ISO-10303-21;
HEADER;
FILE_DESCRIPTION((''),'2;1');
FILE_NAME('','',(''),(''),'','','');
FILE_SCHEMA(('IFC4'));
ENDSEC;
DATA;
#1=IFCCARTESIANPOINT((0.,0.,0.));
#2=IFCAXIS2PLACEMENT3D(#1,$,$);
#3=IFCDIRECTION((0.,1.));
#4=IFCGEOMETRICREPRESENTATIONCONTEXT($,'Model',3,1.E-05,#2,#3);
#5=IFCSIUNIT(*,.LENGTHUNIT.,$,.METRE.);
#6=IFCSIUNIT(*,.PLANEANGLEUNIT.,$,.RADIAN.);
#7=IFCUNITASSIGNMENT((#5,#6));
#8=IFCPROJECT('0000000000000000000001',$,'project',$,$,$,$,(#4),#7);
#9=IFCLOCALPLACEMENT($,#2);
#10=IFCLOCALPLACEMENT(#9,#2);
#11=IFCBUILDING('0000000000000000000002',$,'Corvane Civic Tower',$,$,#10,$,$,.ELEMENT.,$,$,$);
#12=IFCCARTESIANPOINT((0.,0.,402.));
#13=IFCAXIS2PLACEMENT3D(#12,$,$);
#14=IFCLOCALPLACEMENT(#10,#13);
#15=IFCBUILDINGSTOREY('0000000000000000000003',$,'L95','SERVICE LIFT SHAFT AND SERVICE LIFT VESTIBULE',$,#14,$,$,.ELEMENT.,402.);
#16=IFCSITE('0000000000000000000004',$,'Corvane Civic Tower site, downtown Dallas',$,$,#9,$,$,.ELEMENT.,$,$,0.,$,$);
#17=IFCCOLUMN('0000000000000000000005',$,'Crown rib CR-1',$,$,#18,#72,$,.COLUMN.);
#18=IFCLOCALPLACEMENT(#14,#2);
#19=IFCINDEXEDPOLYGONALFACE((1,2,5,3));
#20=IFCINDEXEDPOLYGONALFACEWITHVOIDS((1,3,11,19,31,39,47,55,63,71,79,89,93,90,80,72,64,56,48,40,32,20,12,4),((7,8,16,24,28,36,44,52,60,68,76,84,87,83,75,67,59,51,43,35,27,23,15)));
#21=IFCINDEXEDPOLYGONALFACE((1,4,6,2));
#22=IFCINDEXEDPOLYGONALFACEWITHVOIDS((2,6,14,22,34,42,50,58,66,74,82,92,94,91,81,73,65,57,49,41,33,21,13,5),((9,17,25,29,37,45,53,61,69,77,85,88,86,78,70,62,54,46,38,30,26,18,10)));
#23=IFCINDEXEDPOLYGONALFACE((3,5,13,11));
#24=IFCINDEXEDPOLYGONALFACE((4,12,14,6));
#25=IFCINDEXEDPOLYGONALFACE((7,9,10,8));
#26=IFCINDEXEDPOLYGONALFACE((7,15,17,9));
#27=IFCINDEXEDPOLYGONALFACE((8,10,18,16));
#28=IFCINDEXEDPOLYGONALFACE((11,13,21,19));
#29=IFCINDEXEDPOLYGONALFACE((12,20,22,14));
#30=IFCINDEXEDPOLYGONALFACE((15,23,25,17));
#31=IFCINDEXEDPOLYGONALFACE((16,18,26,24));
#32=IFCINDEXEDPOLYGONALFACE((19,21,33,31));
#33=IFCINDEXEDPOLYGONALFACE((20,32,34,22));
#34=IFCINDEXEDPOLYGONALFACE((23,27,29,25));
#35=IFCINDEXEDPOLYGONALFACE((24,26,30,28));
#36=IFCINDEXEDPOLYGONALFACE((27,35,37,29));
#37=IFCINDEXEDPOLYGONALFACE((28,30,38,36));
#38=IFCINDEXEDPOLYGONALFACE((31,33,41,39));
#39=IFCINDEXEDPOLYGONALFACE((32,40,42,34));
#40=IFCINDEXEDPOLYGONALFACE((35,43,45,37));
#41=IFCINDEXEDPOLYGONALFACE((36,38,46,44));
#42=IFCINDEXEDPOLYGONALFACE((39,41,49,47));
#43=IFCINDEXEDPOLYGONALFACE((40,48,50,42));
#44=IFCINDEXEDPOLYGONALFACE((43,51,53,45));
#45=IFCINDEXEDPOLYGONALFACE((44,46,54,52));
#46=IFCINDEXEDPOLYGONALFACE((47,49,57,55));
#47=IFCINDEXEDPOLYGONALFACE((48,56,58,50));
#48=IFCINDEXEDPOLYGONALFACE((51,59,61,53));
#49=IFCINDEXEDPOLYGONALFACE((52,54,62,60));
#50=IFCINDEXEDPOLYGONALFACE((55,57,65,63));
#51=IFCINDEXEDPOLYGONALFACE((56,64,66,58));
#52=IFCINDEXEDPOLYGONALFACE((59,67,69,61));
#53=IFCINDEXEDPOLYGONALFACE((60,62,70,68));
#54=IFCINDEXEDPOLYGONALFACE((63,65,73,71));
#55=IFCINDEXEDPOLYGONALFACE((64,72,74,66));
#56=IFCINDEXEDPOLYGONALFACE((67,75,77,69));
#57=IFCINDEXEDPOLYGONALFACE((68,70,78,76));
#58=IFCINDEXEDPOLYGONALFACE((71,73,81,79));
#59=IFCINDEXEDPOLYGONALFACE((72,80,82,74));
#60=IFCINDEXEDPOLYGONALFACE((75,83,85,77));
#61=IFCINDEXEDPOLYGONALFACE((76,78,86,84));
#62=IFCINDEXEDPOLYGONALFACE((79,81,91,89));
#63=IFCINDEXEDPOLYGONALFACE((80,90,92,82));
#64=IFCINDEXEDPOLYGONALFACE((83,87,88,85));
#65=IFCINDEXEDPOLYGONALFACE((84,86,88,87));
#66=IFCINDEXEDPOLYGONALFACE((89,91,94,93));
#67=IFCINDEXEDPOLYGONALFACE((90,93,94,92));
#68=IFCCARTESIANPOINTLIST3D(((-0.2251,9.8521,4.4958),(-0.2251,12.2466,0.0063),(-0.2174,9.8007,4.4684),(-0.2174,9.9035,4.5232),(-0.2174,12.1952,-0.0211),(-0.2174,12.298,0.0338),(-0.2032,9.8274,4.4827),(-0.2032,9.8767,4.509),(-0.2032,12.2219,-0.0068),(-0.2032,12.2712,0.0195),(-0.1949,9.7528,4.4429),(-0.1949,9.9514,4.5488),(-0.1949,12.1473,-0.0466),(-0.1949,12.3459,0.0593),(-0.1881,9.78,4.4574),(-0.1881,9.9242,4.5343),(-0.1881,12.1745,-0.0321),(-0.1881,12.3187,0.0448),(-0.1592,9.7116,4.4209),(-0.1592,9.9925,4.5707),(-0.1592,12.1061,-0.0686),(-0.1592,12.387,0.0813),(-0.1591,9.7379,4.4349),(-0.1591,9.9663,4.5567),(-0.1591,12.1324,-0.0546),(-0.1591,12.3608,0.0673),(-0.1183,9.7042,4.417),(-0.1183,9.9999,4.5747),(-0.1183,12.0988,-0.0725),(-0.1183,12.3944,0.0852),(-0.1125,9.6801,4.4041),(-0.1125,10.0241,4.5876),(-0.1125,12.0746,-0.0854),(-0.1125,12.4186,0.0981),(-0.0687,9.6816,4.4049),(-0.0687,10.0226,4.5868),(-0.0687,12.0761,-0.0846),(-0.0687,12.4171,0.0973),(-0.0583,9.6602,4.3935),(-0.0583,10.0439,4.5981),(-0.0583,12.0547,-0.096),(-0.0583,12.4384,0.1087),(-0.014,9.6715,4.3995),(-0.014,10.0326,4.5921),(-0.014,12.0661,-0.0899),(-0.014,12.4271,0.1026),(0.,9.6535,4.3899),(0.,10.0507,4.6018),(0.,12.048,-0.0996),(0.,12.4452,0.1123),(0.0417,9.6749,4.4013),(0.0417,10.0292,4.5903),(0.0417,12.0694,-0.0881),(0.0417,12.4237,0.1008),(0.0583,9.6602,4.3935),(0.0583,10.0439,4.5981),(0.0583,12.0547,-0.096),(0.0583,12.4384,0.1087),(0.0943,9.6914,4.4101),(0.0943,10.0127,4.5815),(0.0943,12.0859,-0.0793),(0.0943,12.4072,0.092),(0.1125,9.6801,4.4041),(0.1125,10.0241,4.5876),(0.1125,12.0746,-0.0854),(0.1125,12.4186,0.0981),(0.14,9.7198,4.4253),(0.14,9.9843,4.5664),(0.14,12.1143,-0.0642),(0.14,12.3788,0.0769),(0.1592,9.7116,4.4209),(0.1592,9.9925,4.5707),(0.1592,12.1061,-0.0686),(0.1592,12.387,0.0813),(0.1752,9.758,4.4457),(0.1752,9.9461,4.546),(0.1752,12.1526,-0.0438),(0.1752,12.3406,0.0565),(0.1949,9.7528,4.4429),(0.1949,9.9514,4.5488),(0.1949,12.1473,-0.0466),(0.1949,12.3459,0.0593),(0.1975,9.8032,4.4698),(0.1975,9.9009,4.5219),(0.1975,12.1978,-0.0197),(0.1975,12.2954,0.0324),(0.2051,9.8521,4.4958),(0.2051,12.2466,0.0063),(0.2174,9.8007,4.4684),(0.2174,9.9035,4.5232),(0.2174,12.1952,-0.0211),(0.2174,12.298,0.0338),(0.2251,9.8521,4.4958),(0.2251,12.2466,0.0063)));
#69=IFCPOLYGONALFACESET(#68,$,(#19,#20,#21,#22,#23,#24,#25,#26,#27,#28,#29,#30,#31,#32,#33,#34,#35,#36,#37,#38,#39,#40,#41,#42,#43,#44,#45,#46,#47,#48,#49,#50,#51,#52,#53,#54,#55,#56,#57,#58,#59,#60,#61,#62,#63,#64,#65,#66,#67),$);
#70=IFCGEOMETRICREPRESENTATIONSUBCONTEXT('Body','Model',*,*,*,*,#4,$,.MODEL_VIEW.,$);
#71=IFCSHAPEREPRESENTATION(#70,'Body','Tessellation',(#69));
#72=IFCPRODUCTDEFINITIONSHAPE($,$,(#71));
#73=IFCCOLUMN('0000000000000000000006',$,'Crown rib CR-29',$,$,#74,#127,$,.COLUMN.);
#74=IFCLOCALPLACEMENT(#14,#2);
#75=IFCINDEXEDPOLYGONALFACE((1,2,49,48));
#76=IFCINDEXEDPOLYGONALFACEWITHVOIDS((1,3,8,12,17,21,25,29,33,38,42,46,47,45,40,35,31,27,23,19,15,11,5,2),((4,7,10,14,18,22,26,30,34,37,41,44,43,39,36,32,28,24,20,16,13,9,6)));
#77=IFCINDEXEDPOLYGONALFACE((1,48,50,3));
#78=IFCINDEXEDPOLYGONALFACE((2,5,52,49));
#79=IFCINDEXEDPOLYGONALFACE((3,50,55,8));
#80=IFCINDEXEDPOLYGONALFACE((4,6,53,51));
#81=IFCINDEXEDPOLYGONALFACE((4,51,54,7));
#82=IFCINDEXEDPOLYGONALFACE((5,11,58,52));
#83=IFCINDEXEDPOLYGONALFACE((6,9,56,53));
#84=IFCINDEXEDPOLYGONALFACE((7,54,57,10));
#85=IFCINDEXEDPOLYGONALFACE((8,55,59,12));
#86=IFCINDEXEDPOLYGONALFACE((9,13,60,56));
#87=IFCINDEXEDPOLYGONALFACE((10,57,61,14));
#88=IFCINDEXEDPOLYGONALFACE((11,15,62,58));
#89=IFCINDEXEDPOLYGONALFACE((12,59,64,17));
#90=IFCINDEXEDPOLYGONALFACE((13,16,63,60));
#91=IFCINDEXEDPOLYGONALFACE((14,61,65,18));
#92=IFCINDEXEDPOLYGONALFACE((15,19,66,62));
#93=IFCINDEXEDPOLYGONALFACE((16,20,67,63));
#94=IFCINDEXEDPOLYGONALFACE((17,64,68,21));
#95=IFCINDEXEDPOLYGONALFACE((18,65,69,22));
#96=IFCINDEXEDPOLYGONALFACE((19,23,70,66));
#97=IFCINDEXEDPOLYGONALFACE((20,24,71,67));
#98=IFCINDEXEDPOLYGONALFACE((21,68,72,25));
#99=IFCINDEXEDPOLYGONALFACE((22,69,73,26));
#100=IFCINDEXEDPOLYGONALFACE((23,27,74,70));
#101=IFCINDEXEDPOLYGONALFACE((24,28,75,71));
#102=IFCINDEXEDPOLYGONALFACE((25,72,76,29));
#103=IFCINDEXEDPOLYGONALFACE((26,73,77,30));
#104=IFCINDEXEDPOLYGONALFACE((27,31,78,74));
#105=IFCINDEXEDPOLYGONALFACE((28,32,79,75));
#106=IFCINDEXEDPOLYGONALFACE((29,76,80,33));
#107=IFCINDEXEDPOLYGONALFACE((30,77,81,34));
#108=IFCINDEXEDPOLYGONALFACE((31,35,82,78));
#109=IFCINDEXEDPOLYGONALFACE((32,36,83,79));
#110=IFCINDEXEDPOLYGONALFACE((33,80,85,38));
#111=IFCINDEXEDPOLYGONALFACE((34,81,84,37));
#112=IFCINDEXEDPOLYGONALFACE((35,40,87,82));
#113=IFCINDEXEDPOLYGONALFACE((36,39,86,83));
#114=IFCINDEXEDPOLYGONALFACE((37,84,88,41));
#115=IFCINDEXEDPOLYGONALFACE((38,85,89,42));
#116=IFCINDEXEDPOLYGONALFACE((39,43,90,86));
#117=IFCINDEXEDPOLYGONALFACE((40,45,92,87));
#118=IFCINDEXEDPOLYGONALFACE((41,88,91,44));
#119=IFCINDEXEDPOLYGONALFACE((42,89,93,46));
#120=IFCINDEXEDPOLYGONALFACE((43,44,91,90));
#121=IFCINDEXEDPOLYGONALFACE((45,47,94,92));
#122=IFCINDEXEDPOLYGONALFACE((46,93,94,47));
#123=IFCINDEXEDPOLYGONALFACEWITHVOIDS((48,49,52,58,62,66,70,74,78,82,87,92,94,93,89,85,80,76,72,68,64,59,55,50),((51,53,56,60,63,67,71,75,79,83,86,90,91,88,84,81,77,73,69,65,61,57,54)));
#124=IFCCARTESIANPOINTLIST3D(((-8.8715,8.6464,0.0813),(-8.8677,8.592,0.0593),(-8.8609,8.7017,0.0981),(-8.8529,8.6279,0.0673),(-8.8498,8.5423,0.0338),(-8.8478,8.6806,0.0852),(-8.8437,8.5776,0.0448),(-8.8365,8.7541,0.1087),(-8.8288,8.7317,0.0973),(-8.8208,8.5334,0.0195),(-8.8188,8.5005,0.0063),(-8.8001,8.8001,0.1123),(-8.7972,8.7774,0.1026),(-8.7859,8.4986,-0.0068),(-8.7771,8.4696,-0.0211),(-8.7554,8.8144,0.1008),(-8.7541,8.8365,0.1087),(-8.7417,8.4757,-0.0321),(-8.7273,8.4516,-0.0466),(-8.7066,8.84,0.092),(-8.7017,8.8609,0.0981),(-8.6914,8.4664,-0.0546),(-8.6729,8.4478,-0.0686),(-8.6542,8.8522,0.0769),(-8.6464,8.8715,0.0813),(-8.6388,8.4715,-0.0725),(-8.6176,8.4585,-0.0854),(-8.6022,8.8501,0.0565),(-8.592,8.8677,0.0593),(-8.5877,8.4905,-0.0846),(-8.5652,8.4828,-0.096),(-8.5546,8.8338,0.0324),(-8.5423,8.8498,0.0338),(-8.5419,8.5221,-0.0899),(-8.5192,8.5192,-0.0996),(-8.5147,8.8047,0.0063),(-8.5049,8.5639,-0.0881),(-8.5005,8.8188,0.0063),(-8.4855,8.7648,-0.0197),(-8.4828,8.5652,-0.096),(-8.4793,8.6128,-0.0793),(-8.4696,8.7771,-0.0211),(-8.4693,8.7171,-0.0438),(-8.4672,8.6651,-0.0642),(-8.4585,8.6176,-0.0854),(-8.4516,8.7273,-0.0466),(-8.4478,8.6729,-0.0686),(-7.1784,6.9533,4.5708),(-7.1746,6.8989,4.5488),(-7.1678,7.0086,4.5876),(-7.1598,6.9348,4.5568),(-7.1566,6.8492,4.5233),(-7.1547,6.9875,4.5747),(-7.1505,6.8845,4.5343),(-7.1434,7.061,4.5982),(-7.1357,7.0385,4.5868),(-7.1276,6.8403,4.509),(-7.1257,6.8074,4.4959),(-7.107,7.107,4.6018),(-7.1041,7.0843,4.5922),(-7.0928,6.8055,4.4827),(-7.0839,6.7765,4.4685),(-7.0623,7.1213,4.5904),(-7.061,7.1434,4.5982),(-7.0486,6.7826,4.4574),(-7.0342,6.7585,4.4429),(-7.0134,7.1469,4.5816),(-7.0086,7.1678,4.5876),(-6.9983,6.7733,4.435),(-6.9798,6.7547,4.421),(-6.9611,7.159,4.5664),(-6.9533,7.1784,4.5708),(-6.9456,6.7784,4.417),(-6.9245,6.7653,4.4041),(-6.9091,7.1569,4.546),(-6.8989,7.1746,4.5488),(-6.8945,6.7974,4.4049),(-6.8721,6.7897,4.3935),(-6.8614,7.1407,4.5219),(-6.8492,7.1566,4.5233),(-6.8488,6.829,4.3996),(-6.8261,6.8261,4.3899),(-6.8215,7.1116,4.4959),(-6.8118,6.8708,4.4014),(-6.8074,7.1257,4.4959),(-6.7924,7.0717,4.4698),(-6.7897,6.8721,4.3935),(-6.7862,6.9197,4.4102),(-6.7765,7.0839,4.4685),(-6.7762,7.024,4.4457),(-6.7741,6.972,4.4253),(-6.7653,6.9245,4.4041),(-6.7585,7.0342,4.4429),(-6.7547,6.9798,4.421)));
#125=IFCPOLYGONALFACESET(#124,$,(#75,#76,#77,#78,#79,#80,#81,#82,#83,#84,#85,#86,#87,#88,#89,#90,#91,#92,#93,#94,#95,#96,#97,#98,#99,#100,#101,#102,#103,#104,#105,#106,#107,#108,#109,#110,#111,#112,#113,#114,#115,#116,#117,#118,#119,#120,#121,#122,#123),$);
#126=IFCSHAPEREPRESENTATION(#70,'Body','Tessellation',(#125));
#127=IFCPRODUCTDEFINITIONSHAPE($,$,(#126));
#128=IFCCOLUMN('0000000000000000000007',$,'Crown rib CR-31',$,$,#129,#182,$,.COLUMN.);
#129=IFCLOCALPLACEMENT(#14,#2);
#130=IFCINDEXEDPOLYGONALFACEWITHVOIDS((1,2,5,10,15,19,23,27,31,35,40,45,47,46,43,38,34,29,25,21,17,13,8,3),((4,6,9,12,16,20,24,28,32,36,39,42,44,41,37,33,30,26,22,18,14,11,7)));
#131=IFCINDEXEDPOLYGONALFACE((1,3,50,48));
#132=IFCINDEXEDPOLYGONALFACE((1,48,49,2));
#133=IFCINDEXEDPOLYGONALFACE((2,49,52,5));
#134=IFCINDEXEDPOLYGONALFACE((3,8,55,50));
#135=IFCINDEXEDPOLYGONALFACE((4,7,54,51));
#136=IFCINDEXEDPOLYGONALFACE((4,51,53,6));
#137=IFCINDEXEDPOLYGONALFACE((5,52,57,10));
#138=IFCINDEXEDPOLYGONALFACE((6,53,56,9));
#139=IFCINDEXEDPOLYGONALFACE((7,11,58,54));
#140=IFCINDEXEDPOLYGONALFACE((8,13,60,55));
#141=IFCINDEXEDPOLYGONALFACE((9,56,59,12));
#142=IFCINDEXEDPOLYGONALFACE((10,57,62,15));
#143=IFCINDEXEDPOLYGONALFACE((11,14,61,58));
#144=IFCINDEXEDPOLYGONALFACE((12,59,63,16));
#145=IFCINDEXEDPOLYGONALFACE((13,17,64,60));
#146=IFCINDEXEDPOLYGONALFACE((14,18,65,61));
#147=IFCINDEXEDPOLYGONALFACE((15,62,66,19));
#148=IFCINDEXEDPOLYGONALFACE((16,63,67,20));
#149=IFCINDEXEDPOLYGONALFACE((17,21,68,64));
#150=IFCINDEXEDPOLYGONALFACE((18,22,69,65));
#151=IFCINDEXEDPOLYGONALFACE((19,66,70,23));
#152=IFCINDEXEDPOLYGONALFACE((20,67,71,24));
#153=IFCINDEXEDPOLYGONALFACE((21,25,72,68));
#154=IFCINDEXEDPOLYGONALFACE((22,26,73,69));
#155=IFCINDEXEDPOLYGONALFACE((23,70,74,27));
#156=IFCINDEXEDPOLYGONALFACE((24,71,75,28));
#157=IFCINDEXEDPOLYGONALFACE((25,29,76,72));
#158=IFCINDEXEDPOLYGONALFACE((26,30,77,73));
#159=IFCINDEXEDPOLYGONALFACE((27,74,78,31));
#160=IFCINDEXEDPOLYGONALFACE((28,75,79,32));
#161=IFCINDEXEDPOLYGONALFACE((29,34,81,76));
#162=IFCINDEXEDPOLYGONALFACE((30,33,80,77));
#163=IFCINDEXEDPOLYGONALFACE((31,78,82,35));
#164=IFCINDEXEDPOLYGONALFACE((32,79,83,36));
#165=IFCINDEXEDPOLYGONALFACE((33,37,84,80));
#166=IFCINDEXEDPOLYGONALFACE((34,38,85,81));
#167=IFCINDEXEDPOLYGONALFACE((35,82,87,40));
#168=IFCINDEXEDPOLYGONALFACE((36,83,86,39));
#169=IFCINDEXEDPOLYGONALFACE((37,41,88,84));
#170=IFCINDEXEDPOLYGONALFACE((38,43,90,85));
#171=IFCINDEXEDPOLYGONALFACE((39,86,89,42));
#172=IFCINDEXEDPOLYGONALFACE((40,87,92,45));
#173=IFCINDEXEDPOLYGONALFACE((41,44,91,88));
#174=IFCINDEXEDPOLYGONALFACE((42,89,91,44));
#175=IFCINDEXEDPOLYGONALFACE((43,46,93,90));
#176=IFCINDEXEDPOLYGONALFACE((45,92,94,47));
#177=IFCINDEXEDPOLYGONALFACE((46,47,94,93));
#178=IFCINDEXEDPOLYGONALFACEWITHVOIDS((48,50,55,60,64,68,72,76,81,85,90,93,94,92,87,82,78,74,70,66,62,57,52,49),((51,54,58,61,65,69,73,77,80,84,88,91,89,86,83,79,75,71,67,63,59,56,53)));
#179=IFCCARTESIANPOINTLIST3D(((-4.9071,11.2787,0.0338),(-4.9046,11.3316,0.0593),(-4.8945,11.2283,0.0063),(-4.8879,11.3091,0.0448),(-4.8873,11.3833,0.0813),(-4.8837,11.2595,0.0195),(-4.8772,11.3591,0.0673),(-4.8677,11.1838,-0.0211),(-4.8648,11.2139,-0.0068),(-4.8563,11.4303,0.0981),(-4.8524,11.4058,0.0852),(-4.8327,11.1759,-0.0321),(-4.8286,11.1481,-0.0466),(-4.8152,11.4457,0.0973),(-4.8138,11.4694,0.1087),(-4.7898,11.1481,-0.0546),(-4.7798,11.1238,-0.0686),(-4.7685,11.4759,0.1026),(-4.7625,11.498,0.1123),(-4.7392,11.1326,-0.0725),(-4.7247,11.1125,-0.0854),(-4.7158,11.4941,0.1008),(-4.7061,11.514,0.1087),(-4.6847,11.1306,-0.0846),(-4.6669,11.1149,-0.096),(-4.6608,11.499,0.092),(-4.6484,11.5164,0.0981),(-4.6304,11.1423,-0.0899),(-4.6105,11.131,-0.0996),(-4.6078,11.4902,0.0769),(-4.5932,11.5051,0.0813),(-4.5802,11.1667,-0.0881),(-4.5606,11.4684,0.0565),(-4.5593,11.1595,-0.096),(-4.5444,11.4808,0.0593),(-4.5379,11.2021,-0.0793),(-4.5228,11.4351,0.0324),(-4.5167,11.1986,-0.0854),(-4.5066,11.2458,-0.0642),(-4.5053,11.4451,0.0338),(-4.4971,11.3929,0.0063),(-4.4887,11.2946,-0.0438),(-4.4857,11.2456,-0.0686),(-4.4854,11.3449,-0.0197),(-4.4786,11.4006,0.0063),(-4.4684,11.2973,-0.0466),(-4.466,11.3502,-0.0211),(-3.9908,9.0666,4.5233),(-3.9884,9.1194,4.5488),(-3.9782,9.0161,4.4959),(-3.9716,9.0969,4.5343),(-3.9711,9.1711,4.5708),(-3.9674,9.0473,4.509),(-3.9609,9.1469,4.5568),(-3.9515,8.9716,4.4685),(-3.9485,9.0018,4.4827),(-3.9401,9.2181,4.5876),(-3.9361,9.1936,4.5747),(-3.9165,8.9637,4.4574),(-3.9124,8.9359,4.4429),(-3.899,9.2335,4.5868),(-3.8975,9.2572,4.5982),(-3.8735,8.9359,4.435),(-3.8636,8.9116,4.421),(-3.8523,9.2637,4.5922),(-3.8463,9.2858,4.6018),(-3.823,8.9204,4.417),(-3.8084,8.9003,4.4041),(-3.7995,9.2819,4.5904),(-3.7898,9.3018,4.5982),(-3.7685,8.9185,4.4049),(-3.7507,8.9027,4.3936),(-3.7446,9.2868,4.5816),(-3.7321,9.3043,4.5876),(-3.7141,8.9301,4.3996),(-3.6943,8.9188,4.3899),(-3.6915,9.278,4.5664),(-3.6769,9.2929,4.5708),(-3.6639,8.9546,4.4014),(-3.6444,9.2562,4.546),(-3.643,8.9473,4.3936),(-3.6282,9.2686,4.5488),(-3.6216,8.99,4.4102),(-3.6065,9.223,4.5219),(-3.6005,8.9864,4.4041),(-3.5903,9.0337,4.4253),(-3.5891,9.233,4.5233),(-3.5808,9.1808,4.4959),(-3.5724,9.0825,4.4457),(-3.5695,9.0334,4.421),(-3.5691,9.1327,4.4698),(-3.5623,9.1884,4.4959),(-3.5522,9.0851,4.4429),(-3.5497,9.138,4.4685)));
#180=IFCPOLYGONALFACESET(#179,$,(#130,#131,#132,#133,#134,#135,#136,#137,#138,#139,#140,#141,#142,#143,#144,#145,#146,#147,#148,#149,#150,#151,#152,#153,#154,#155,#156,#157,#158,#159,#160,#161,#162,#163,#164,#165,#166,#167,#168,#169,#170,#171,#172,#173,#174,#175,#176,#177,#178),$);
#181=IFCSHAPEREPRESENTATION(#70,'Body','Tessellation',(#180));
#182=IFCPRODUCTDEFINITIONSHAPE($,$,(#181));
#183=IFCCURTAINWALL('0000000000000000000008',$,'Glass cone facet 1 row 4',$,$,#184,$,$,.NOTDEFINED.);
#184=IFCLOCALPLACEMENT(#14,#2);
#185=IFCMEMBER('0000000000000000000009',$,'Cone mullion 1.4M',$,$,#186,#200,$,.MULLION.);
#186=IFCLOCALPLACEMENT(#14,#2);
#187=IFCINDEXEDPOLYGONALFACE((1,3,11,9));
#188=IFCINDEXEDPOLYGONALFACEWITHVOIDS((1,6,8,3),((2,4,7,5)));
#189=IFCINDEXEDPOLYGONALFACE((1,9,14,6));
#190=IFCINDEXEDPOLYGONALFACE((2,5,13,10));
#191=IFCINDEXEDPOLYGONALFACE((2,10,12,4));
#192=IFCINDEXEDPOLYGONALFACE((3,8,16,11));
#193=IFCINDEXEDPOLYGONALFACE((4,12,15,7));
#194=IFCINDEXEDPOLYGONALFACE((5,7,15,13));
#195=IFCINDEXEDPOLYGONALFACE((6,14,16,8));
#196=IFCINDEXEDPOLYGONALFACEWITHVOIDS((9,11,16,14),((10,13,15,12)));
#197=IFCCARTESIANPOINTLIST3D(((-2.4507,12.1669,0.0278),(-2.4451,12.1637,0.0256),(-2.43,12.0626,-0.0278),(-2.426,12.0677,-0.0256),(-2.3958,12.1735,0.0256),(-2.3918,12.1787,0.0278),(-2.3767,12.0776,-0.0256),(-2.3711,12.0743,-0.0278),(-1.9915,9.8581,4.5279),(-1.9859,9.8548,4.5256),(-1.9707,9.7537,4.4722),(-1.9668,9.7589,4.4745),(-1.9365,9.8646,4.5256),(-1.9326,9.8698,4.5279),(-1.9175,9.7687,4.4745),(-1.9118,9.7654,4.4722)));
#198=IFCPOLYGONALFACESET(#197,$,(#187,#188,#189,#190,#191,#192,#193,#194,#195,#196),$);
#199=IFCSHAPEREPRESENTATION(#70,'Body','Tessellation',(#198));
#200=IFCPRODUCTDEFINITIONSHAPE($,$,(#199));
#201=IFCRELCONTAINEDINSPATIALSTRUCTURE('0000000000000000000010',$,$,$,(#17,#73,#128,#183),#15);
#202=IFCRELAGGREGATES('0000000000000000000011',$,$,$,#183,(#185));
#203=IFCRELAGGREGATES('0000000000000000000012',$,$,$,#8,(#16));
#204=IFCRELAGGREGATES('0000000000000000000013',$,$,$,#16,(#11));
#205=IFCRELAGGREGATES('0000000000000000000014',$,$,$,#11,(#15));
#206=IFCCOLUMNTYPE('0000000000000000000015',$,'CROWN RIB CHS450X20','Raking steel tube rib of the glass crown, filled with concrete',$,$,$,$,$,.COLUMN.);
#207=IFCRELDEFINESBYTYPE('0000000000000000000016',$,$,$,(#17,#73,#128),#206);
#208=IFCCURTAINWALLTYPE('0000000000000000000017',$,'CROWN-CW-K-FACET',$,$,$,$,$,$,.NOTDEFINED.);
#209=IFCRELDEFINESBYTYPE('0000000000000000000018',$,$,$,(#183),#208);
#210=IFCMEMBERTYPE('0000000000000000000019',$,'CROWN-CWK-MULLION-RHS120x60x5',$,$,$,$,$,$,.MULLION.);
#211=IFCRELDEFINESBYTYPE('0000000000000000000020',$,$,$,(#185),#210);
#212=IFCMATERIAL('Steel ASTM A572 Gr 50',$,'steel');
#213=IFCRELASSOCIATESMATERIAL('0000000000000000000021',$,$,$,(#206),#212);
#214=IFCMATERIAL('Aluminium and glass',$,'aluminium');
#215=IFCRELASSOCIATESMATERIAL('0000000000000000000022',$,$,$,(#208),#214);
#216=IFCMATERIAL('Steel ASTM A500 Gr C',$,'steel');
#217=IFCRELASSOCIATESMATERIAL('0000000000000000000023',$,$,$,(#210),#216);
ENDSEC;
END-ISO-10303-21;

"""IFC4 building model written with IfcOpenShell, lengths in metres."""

from ifc_helpers import new_model, si_unit, direction, frame, origin, origin_2d, place, context, subcontext, project, spatial, hollow_rectangle, hollow_circle, extrude, material, material_profile, profile_set, type_object, element, aggregate, save


model = new_model("IFC4")

# Units and contexts
model_context = context("Model", 3, precision=1e-05, world=origin(), true_north=direction((0.0, 1.0)))
body_context = subcontext(model_context, "Body", "Model", "MODEL_VIEW")
ifc_project = project(units=[si_unit("LENGTHUNIT", "METRE"), si_unit("PLANEANGLEUNIT", "RADIAN")], contexts=[model_context])

# Site, building, storey
site_placement = place(None, origin())
site = spatial("IfcSite", under=ifc_project, at=site_placement, Name="Corvane Civic Tower site, downtown Dallas", CompositionType="ELEMENT", RefElevation=0.0)
building_placement = place(site_placement, origin())
building = spatial("IfcBuilding", under=site, at=building_placement, Name="Corvane Civic Tower", CompositionType="ELEMENT")
storey_placement = place(building_placement, frame((0.0, 0.0, 402.0)))
storey = spatial("IfcBuildingStorey", under=building, at=storey_placement, Name="L95", Description="SERVICE LIFT SHAFT AND SERVICE LIFT VESTIBULE", CompositionType="ELEMENT", Elevation=402.0)

# Columns
ifc_material_1 = material(Name="Steel ASTM A572 Gr 50", Category="steel")
ifc_material_profile_1 = material_profile(ifc_material_1, hollow_circle(Radius=0.2251, WallThickness=0.02, at=origin_2d()), Name="CHS450X20")
ifc_profile_set_1 = profile_set([ifc_material_profile_1], Name="Steel ASTM A572 Gr 50")
column_type = type_object("IfcColumnType", Name="CROWN RIB CHS450X20", Description="Raking steel tube rib of the glass crown, filled with concrete", PredefinedType="COLUMN", material=ifc_profile_set_1)
for number, where, z_axis, x_axis, name in (
    (1, (0.0, 12.2466, 0.0063), (0.0, -0.470608, 0.882342), (1.0, 0.0, 0.0), "Crown rib CR-1"),
    (2, (-8.6597, 8.6597, 0.0063), (0.332759, -0.332759, 0.882351), (0.707107, 0.707107, 0.0), "Crown rib CR-29"),
    (3, (-4.6865, 11.3145, 0.0063), (0.180079, -0.434771, 0.882353), (0.923886, 0.382667, 0.0), "Crown rib CR-31"),
):
    element("IfcColumn", number, at=place(storey_placement, frame(where, z_axis=z_axis, x_axis=x_axis)), inside=storey, type_object=column_type, Name=name, PredefinedType="COLUMN", context=body_context, shape_type="SweptSolid", body=[
        extrude(hollow_circle(Radius=0.2251, WallThickness=0.02, at=origin_2d()), origin(), (0.0, 0.0, 1.0), 5.0881),
    ])

# Curtain wall, member
ifc_material_2 = material(Name="Aluminium and glass", Category="aluminium")
curtain_wall_type = type_object("IfcCurtainWallType", Name="CROWN-CW-K-FACET", PredefinedType="NOTDEFINED", material=ifc_material_2)
curtain_wall_1_placement = place(storey_placement, origin())
curtain_wall_1 = element("IfcCurtainWall", 4, at=curtain_wall_1_placement, inside=storey, type_object=curtain_wall_type, Name="Glass cone facet 1 row 4", PredefinedType="NOTDEFINED")
ifc_material_3 = material(Name="Steel ASTM A500 Gr C", Category="steel")
ifc_material_profile_2 = material_profile(ifc_material_3, hollow_rectangle(XDim=0.0601, YDim=0.1201, WallThickness=0.0049, at=origin_2d()), Name="RHS 120x60x5")
ifc_profile_set_2 = profile_set([ifc_material_profile_2], Name="Steel ASTM A500 Gr C")
member_type_1 = type_object("IfcMemberType", Name="CROWN-CWK-MULLION-RHS120x60x5", PredefinedType="MULLION", material=ifc_profile_set_2)
member_1_placement = place(storey_placement, frame((-2.4109, 12.1206, 0.0), z_axis=(0.090425, -0.454626, 0.88608), x_axis=(0.980788, 0.195079, 0.0)))
member_1 = element("IfcMember", 5, at=member_1_placement, type_object=member_type_1, Name="Cone mullion 1.4M", PredefinedType="MULLION", context=body_context, shape_type="SweptSolid", body=[
    extrude(hollow_rectangle(XDim=0.0601, YDim=0.1201, WallThickness=0.0049, at=origin_2d()), origin(), (0.0, 0.0, 1.0), 5.0786),
])

aggregate(curtain_wall_1, [member_1])

save(model, "model.ifc")
